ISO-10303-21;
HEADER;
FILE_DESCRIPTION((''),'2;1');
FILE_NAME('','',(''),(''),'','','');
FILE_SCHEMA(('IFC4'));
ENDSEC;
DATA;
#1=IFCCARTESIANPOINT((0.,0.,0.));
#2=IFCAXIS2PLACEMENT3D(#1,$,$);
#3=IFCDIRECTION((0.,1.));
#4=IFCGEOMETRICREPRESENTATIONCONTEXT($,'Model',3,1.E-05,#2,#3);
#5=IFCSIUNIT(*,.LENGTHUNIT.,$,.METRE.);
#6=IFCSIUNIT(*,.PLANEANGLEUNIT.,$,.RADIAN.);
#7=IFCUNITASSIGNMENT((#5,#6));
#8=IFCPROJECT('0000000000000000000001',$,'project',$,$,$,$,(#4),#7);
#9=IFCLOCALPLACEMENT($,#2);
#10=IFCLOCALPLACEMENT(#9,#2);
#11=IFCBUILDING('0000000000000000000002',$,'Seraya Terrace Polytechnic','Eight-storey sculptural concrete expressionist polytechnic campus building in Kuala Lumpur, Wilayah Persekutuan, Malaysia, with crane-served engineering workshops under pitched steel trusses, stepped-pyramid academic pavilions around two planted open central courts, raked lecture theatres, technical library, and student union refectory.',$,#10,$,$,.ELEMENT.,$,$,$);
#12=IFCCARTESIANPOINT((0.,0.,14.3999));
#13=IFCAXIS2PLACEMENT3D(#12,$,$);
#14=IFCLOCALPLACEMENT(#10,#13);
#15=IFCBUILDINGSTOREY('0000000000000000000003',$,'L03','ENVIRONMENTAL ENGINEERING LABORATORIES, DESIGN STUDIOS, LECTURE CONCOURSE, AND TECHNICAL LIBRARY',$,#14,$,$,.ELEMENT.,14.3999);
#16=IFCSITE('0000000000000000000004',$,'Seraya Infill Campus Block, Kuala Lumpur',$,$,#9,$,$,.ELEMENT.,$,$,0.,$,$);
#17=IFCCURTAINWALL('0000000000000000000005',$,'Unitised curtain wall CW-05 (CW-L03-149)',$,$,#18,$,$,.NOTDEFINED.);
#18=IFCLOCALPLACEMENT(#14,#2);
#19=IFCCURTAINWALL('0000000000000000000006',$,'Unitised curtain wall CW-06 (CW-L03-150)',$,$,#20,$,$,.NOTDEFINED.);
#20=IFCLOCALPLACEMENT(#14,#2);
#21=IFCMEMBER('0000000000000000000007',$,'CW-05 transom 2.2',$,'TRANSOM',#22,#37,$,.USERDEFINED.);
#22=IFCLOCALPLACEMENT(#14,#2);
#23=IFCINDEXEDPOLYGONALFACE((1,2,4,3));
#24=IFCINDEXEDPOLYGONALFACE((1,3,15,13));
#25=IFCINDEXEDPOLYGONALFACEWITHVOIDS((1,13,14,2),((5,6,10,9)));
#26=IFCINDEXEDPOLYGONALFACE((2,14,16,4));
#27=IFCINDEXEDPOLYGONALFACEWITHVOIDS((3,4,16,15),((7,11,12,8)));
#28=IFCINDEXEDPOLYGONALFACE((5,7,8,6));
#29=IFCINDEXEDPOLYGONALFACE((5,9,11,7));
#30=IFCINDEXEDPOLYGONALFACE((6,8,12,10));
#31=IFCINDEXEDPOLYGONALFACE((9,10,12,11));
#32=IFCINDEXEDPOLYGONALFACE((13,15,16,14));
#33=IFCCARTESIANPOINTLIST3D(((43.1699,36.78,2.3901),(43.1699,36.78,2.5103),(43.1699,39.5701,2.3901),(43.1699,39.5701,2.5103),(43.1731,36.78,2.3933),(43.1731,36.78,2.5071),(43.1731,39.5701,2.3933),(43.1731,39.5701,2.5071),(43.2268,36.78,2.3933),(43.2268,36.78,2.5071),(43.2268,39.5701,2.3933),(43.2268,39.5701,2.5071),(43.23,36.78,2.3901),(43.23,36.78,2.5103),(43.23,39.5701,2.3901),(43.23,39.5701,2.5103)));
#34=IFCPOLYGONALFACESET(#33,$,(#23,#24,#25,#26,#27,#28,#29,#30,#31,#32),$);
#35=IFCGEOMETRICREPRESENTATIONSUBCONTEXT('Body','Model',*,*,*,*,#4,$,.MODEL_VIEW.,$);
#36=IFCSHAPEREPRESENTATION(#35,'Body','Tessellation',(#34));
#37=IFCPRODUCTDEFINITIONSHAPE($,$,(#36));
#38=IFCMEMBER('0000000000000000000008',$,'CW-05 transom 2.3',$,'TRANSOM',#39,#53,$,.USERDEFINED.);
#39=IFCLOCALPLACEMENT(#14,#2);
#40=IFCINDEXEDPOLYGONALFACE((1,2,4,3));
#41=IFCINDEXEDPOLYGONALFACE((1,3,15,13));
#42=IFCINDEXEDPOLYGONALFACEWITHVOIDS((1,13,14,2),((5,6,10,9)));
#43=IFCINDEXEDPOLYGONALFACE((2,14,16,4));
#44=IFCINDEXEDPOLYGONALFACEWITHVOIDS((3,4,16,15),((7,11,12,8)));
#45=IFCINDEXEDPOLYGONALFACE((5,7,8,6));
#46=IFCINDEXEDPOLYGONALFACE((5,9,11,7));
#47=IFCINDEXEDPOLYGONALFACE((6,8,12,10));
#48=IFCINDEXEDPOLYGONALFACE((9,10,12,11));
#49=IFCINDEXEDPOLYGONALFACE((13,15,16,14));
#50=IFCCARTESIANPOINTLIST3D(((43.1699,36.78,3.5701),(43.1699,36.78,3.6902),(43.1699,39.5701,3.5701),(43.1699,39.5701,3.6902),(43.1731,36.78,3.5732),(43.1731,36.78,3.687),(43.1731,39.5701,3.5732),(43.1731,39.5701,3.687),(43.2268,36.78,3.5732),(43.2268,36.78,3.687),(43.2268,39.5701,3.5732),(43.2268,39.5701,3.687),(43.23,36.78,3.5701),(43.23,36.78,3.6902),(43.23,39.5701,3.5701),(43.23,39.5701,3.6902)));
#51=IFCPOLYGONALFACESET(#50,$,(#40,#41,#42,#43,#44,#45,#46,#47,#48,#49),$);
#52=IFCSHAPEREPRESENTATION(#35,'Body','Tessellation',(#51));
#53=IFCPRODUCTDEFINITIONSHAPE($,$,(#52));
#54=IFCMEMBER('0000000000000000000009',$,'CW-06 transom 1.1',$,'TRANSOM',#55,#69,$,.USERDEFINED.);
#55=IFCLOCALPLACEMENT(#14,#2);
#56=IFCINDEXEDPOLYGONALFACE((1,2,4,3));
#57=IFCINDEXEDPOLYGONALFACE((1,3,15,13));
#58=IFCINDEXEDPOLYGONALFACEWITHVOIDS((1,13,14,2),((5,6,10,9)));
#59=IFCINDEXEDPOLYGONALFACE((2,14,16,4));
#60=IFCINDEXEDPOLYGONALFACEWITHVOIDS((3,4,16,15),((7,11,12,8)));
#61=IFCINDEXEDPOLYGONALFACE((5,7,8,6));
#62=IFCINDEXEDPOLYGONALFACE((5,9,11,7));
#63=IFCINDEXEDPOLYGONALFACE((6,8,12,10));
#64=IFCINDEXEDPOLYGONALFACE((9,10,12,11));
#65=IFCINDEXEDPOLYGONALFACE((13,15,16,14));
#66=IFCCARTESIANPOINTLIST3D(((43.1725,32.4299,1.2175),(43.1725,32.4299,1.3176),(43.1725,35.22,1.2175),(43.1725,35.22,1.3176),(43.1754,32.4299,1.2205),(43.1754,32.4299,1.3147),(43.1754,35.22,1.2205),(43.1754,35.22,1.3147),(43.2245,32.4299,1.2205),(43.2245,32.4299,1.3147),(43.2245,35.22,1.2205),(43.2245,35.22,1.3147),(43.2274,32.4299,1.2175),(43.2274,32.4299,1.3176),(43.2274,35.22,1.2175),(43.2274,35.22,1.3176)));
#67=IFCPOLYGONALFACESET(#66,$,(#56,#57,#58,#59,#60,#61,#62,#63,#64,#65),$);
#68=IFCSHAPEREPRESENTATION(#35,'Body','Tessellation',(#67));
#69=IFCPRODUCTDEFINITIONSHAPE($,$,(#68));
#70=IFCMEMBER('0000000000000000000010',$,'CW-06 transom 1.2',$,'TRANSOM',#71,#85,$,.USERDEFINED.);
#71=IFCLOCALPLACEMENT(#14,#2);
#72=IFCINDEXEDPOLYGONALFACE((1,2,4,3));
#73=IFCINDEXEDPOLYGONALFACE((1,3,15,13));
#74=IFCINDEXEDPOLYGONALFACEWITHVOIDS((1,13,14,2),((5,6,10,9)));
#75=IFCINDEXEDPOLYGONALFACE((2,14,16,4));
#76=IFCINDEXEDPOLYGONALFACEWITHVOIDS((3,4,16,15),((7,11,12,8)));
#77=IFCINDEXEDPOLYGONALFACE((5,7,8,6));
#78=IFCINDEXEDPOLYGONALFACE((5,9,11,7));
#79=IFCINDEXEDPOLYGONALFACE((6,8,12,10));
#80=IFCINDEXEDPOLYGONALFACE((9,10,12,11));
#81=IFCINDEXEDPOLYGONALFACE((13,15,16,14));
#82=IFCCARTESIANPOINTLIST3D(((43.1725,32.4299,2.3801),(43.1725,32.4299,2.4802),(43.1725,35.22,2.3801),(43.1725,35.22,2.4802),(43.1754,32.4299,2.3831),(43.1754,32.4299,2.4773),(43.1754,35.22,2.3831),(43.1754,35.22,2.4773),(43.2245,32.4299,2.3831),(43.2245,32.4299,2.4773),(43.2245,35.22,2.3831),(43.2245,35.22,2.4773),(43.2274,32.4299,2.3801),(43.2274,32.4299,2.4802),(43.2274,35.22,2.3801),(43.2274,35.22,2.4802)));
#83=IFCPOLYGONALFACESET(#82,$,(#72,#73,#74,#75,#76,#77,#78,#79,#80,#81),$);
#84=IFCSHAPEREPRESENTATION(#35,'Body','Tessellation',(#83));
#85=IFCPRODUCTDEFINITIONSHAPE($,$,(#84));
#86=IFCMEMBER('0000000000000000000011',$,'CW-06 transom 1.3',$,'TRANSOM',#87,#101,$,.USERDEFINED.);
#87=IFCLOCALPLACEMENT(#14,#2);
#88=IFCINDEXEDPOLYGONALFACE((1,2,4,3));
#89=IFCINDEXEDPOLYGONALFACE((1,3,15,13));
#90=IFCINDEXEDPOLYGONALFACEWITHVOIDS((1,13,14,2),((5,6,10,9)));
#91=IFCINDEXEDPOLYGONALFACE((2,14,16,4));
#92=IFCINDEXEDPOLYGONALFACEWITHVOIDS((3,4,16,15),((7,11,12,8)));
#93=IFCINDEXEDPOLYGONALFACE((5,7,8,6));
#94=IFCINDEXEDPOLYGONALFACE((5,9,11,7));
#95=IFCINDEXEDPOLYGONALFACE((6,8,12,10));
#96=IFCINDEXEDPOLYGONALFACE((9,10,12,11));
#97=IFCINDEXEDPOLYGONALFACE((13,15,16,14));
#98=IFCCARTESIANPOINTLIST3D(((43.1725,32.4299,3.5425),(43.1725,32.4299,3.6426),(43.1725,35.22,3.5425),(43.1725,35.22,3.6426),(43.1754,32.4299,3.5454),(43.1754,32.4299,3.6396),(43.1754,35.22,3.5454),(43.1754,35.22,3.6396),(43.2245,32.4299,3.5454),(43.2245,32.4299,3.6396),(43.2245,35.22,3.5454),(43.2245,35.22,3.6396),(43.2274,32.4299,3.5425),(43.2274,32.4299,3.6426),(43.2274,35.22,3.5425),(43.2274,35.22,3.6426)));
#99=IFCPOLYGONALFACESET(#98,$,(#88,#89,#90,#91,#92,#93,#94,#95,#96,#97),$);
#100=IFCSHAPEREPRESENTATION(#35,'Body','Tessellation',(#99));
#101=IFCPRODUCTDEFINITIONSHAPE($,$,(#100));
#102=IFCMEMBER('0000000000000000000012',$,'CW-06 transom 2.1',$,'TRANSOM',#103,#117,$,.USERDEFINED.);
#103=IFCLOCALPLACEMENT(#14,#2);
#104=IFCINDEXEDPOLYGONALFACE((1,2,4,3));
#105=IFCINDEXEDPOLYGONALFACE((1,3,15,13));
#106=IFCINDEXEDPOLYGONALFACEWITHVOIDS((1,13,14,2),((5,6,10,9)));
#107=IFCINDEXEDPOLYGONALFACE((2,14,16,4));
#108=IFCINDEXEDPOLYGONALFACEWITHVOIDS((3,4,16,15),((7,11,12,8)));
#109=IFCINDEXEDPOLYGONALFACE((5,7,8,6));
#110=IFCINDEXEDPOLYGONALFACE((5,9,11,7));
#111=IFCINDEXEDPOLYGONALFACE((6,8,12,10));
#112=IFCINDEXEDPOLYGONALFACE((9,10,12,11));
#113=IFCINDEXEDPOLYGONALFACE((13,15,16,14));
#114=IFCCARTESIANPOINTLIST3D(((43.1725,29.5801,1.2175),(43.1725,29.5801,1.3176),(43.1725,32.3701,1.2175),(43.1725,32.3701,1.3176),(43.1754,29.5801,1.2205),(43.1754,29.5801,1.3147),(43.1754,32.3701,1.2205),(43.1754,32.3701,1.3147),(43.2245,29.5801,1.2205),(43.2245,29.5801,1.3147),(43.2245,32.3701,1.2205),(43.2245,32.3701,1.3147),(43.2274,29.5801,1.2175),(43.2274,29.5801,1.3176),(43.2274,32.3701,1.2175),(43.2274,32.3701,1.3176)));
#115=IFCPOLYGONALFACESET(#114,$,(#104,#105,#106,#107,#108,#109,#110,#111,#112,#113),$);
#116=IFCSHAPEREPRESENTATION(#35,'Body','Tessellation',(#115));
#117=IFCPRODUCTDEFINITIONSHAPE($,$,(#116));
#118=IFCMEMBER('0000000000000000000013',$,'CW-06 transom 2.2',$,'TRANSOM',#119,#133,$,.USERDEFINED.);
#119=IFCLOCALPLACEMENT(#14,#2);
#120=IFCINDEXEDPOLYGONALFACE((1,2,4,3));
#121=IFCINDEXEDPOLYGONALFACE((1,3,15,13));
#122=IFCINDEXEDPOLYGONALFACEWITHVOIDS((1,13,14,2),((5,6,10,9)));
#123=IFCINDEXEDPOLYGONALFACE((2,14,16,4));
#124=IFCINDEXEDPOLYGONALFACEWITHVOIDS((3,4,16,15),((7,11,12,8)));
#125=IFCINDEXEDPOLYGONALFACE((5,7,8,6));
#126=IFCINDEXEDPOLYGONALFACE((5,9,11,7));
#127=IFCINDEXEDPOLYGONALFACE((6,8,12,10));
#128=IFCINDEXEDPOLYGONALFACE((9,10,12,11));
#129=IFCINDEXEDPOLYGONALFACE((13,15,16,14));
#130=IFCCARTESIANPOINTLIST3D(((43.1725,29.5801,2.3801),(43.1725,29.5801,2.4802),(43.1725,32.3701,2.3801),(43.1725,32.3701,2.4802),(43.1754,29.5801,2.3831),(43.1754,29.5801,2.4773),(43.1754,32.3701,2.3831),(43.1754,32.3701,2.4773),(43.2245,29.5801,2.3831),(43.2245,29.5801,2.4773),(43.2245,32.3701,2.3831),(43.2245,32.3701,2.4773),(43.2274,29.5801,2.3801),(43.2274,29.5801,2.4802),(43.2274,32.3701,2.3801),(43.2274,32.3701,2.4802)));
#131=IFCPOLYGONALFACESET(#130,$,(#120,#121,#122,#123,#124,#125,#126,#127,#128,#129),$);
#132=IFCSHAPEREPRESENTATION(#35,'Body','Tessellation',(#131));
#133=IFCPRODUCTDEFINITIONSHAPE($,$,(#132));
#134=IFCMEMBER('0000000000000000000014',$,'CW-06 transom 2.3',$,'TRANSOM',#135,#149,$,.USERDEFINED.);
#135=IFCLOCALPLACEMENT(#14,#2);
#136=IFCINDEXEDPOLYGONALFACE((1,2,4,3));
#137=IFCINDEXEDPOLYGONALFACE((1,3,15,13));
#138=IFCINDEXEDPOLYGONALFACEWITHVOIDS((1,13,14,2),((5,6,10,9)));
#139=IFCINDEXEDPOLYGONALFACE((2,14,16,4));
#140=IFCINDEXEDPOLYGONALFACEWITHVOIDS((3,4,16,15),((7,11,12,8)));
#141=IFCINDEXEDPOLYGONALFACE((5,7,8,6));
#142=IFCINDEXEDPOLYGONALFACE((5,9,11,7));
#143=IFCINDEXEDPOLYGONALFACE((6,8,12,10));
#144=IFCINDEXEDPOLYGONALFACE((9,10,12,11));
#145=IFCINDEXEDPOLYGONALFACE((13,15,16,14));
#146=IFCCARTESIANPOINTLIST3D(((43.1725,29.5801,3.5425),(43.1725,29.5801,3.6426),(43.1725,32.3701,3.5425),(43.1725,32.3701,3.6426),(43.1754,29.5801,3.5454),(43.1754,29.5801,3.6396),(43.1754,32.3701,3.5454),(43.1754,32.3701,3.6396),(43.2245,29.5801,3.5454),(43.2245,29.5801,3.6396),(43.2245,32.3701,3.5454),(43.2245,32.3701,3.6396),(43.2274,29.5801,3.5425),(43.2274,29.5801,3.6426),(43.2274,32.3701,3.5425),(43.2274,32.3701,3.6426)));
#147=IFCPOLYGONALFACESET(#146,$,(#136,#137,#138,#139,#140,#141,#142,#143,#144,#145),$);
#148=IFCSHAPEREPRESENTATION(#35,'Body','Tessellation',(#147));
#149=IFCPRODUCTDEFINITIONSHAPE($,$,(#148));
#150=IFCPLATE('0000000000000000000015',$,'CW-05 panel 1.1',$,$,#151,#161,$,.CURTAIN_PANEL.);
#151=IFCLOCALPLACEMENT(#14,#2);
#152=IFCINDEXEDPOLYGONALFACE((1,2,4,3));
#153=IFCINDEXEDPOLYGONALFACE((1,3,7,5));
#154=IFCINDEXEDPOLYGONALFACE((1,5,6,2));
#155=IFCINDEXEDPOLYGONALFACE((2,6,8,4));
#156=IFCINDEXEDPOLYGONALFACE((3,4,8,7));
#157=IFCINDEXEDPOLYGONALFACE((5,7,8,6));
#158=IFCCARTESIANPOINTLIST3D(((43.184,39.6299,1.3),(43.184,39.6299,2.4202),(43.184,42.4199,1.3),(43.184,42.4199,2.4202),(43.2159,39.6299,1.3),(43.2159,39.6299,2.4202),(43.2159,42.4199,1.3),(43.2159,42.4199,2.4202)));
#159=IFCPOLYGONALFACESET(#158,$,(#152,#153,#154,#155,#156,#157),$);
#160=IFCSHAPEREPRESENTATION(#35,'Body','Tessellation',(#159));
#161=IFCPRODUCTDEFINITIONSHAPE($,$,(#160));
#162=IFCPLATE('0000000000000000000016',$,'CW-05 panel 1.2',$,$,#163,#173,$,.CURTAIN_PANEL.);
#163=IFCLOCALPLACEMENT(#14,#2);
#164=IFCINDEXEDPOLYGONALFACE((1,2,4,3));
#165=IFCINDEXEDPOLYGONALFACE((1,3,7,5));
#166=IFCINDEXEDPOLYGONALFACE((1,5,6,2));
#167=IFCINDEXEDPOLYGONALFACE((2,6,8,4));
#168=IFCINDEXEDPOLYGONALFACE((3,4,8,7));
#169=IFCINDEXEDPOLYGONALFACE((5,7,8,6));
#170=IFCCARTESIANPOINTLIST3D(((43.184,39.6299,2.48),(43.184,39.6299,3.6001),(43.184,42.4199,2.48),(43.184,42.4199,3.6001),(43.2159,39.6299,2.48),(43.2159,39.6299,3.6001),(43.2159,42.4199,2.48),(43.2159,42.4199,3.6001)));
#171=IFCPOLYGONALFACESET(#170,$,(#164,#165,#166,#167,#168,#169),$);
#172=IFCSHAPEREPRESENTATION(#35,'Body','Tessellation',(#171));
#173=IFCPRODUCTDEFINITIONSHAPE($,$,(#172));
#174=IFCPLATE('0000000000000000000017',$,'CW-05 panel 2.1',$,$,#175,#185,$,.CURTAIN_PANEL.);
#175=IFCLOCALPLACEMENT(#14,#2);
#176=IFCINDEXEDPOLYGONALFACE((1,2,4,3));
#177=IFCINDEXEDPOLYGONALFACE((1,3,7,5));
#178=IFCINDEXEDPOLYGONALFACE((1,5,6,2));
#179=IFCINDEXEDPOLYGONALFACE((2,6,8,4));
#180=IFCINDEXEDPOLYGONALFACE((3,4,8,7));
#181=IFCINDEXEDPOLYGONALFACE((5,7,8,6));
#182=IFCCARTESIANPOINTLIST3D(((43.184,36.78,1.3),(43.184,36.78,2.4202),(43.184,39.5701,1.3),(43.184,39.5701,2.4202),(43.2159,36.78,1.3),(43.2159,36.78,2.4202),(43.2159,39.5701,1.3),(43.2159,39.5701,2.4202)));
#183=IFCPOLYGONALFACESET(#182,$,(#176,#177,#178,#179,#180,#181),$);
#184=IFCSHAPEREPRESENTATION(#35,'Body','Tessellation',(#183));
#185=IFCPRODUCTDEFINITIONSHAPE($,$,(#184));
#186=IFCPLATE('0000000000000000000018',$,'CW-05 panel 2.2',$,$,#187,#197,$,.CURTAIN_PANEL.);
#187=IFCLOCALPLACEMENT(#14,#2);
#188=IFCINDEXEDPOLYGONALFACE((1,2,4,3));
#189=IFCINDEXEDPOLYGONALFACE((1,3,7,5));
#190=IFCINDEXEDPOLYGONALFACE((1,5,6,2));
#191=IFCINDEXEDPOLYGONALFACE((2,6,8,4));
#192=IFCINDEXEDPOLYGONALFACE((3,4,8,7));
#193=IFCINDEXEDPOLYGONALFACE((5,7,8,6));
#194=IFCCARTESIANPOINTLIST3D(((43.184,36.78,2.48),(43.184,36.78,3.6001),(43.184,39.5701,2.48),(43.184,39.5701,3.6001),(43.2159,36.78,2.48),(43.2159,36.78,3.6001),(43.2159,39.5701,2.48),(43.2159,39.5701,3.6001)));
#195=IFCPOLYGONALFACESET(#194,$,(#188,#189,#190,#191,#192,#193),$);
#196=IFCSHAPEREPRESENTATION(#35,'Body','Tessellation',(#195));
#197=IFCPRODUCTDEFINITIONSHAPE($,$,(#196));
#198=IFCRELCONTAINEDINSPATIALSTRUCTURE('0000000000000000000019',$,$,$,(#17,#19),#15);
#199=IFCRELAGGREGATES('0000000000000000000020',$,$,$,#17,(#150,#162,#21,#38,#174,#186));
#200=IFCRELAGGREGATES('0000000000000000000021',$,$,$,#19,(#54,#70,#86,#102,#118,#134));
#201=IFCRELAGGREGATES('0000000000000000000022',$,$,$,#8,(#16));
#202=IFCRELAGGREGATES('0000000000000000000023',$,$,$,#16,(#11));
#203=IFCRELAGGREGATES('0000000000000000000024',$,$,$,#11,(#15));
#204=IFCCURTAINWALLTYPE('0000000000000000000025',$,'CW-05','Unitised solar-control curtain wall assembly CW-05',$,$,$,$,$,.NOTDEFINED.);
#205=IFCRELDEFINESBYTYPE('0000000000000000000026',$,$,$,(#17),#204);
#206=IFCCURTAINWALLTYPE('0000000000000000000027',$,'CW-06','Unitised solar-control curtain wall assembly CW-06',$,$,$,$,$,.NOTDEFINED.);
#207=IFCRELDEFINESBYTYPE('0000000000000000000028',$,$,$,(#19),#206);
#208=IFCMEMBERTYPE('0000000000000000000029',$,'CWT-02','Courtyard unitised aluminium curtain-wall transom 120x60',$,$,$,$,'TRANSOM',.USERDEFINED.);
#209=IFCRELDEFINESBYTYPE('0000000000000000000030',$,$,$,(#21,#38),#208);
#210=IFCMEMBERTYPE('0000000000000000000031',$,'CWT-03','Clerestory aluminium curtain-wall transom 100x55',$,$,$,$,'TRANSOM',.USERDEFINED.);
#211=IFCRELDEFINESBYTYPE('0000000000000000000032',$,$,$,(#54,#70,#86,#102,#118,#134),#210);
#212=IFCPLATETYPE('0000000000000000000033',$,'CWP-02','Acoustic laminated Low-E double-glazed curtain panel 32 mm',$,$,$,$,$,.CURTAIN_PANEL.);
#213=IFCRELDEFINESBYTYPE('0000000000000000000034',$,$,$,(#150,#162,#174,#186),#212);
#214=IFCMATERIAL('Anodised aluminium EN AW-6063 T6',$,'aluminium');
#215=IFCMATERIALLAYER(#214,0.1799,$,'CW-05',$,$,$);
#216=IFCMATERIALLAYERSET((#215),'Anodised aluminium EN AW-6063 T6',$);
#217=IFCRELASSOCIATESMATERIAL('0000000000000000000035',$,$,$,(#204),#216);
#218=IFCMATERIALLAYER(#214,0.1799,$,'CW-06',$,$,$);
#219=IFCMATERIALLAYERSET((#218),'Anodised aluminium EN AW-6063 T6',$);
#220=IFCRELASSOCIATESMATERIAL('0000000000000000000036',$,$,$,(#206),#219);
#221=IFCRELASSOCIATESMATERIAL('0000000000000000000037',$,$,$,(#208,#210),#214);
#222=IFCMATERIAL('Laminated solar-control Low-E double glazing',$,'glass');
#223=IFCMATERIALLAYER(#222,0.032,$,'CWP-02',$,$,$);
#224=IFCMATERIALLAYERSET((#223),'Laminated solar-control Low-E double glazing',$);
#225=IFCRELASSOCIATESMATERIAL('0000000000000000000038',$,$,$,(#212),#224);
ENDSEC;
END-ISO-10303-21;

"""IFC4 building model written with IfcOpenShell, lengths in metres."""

from ifc_helpers import new_model, si_unit, direction, frame, origin, origin_2d, place, context, subcontext, project, spatial, rectangle, hollow_rectangle, extrude, material, layer, layer_set, material_profile, profile_set, type_object, element, aggregate, save


model = new_model("IFC4")

# Units and contexts
model_context = context("Model", 3, precision=1e-05, world=origin(), true_north=direction((0.0, 1.0)))
body_context = subcontext(model_context, "Body", "Model", "MODEL_VIEW")
ifc_project = project(units=[si_unit("LENGTHUNIT", "METRE"), si_unit("PLANEANGLEUNIT", "RADIAN")], contexts=[model_context])

# Site, building, storey
site_placement = place(None, origin())
site = spatial("IfcSite", under=ifc_project, at=site_placement, Name="Seraya Infill Campus Block, Kuala Lumpur", CompositionType="ELEMENT", RefElevation=0.0)
building_placement = place(site_placement, origin())
building = spatial("IfcBuilding", under=site, at=building_placement, Name="Seraya Terrace Polytechnic", Description="Eight-storey sculptural concrete expressionist polytechnic campus building in Kuala Lumpur, Wilayah Persekutuan, Malaysia, with crane-served engineering workshops under pitched steel trusses, stepped-pyramid academic pavilions around two planted open central courts, raked lecture theatres, technical library, and student union refectory.", CompositionType="ELEMENT")
storey_placement = place(building_placement, frame((0.0, 0.0, 14.3999)))
storey = spatial("IfcBuildingStorey", under=building, at=storey_placement, Name="L03", Description="ENVIRONMENTAL ENGINEERING LABORATORIES, DESIGN STUDIOS, LECTURE CONCOURSE, AND TECHNICAL LIBRARY", CompositionType="ELEMENT", Elevation=14.3999)

# Curtain walls
ifc_material_1 = material(Name="Anodised aluminium EN AW-6063 T6", Category="aluminium")
ifc_layer_1 = layer(ifc_material_1, 0.1799, Name="CW-05")
ifc_layer_set_1 = layer_set([ifc_layer_1], Name="Anodised aluminium EN AW-6063 T6")
curtain_wall_type_1 = type_object("IfcCurtainWallType", Name="CW-05", Description="Unitised solar-control curtain wall assembly CW-05", PredefinedType="NOTDEFINED", material=ifc_layer_set_1)
curtain_wall_1_placement = place(storey_placement, origin())
curtain_wall_1 = element("IfcCurtainWall", 1, at=curtain_wall_1_placement, inside=storey, type_object=curtain_wall_type_1, Name="Unitised curtain wall CW-05 (CW-L03-149)", PredefinedType="NOTDEFINED")
ifc_layer_2 = layer(ifc_material_1, 0.1799, Name="CW-06")
ifc_layer_set_2 = layer_set([ifc_layer_2], Name="Anodised aluminium EN AW-6063 T6")
curtain_wall_type_2 = type_object("IfcCurtainWallType", Name="CW-06", Description="Unitised solar-control curtain wall assembly CW-06", PredefinedType="NOTDEFINED", material=ifc_layer_set_2)
curtain_wall_2_placement = place(storey_placement, origin())
curtain_wall_2 = element("IfcCurtainWall", 2, at=curtain_wall_2_placement, inside=storey, type_object=curtain_wall_type_2, Name="Unitised curtain wall CW-06 (CW-L03-150)", PredefinedType="NOTDEFINED")

# Members
ifc_material_profile_1 = material_profile(ifc_material_1, hollow_rectangle(XDim=0.0601, YDim=0.1201, WallThickness=0.0032, at=origin_2d()), Name="RHS 120x60x3.2")
ifc_profile_set_1 = profile_set([ifc_material_profile_1], Name="Anodised aluminium EN AW-6063 T6")
member_type_1 = type_object("IfcMemberType", Name="CWT-02", Description="Courtyard unitised aluminium curtain-wall transom 120x60", ElementType="TRANSOM", PredefinedType="USERDEFINED", material=ifc_profile_set_1)
member_1_placement = place(storey_placement, frame((43.2, 39.5701, 2.4502), z_axis=(0.0, -1.0, 0.0), x_axis=(1.0, 0.0, 0.0)))
member_1 = element("IfcMember", 3, at=member_1_placement, type_object=member_type_1, Name="CW-05 transom 2.2", ObjectType="TRANSOM", PredefinedType="USERDEFINED", context=body_context, shape_type="SweptSolid", body=[
    extrude(hollow_rectangle(XDim=0.0601, YDim=0.1201, WallThickness=0.0032, at=origin_2d()), origin(), (0.0, 0.0, 1.0), 2.79),
])
member_2_placement = place(storey_placement, frame((43.2, 39.5701, 3.6301), z_axis=(0.0, -1.0, 0.0), x_axis=(1.0, 0.0, 0.0)))
member_2 = element("IfcMember", 4, at=member_2_placement, type_object=member_type_1, Name="CW-05 transom 2.3", ObjectType="TRANSOM", PredefinedType="USERDEFINED", context=body_context, shape_type="SweptSolid", body=[
    extrude(hollow_rectangle(XDim=0.0601, YDim=0.1201, WallThickness=0.0032, at=origin_2d()), origin(), (0.0, 0.0, 1.0), 2.79),
])
ifc_material_profile_2 = material_profile(ifc_material_1, hollow_rectangle(XDim=0.0549, YDim=0.1001, WallThickness=0.0029, at=origin_2d()), Name="RHS 100x55x3.0")
ifc_profile_set_2 = profile_set([ifc_material_profile_2], Name="Anodised aluminium EN AW-6063 T6")
member_type_2 = type_object("IfcMemberType", Name="CWT-03", Description="Clerestory aluminium curtain-wall transom 100x55", ElementType="TRANSOM", PredefinedType="USERDEFINED", material=ifc_profile_set_2)
member_3_placement = place(storey_placement, frame((43.2, 35.22, 1.2676), z_axis=(0.0, -1.0, 0.0), x_axis=(1.0, 0.0, 0.0)))
member_3 = element("IfcMember", 5, at=member_3_placement, type_object=member_type_2, Name="CW-06 transom 1.1", ObjectType="TRANSOM", PredefinedType="USERDEFINED", context=body_context, shape_type="SweptSolid", body=[
    extrude(hollow_rectangle(XDim=0.0549, YDim=0.1001, WallThickness=0.0029, at=origin_2d()), origin(), (0.0, 0.0, 1.0), 2.79),
])
member_4_placement = place(storey_placement, frame((43.2, 35.22, 2.4302), z_axis=(0.0, -1.0, 0.0), x_axis=(1.0, 0.0, 0.0)))
member_4 = element("IfcMember", 6, at=member_4_placement, type_object=member_type_2, Name="CW-06 transom 1.2", ObjectType="TRANSOM", PredefinedType="USERDEFINED", context=body_context, shape_type="SweptSolid", body=[
    extrude(hollow_rectangle(XDim=0.0549, YDim=0.1001, WallThickness=0.0029, at=origin_2d()), origin(), (0.0, 0.0, 1.0), 2.79),
])
member_5_placement = place(storey_placement, frame((43.2, 35.22, 3.5925), z_axis=(0.0, -1.0, 0.0), x_axis=(1.0, 0.0, 0.0)))
member_5 = element("IfcMember", 7, at=member_5_placement, type_object=member_type_2, Name="CW-06 transom 1.3", ObjectType="TRANSOM", PredefinedType="USERDEFINED", context=body_context, shape_type="SweptSolid", body=[
    extrude(hollow_rectangle(XDim=0.0549, YDim=0.1001, WallThickness=0.0029, at=origin_2d()), origin(), (0.0, 0.0, 1.0), 2.79),
])
member_6_placement = place(storey_placement, frame((43.2, 32.3701, 1.2676), z_axis=(0.0, -1.0, 0.0), x_axis=(1.0, 0.0, 0.0)))
member_6 = element("IfcMember", 8, at=member_6_placement, type_object=member_type_2, Name="CW-06 transom 2.1", ObjectType="TRANSOM", PredefinedType="USERDEFINED", context=body_context, shape_type="SweptSolid", body=[
    extrude(hollow_rectangle(XDim=0.0549, YDim=0.1001, WallThickness=0.0029, at=origin_2d()), origin(), (0.0, 0.0, 1.0), 2.79),
])
member_7_placement = place(storey_placement, frame((43.2, 32.3701, 2.4302), z_axis=(0.0, -1.0, 0.0), x_axis=(1.0, 0.0, 0.0)))
member_7 = element("IfcMember", 9, at=member_7_placement, type_object=member_type_2, Name="CW-06 transom 2.2", ObjectType="TRANSOM", PredefinedType="USERDEFINED", context=body_context, shape_type="SweptSolid", body=[
    extrude(hollow_rectangle(XDim=0.0549, YDim=0.1001, WallThickness=0.0029, at=origin_2d()), origin(), (0.0, 0.0, 1.0), 2.79),
])
member_8_placement = place(storey_placement, frame((43.2, 32.3701, 3.5925), z_axis=(0.0, -1.0, 0.0), x_axis=(1.0, 0.0, 0.0)))
member_8 = element("IfcMember", 10, at=member_8_placement, type_object=member_type_2, Name="CW-06 transom 2.3", ObjectType="TRANSOM", PredefinedType="USERDEFINED", context=body_context, shape_type="SweptSolid", body=[
    extrude(hollow_rectangle(XDim=0.0549, YDim=0.1001, WallThickness=0.0029, at=origin_2d()), origin(), (0.0, 0.0, 1.0), 2.79),
])

# Plates
ifc_material_2 = material(Name="Laminated solar-control Low-E double glazing", Category="glass")
ifc_layer_3 = layer(ifc_material_2, 0.032, Name="CWP-02")
ifc_layer_set_3 = layer_set([ifc_layer_3], Name="Laminated solar-control Low-E double glazing")
plate_type_1 = type_object("IfcPlateType", Name="CWP-02", Description="Acoustic laminated Low-E double-glazed curtain panel 32 mm", PredefinedType="CURTAIN_PANEL", material=ifc_layer_set_3)
plate_1_placement = place(storey_placement, frame((43.2, 41.0249, 1.3), z_axis=(0.0, 0.0, 1.0), x_axis=(0.0, -1.0, 0.0)))
plate_1 = element("IfcPlate", 11, at=plate_1_placement, type_object=plate_type_1, Name="CW-05 panel 1.1", PredefinedType="CURTAIN_PANEL", context=body_context, shape_type="SweptSolid", body=[
    extrude(rectangle(XDim=2.79, YDim=0.032, at=origin_2d()), origin(), (0.0, 0.0, 1.0), 1.1201),
])
plate_2_placement = place(storey_placement, frame((43.2, 41.0249, 2.48), z_axis=(0.0, 0.0, 1.0), x_axis=(0.0, -1.0, 0.0)))
plate_2 = element("IfcPlate", 12, at=plate_2_placement, type_object=plate_type_1, Name="CW-05 panel 1.2", PredefinedType="CURTAIN_PANEL", context=body_context, shape_type="SweptSolid", body=[
    extrude(rectangle(XDim=2.79, YDim=0.032, at=origin_2d()), origin(), (0.0, 0.0, 1.0), 1.1201),
])
plate_3_placement = place(storey_placement, frame((43.2, 38.175, 1.3), z_axis=(0.0, 0.0, 1.0), x_axis=(0.0, -1.0, 0.0)))
plate_3 = element("IfcPlate", 13, at=plate_3_placement, type_object=plate_type_1, Name="CW-05 panel 2.1", PredefinedType="CURTAIN_PANEL", context=body_context, shape_type="SweptSolid", body=[
    extrude(rectangle(XDim=2.79, YDim=0.032, at=origin_2d()), origin(), (0.0, 0.0, 1.0), 1.1201),
])
plate_4_placement = place(storey_placement, frame((43.2, 38.175, 2.48), z_axis=(0.0, 0.0, 1.0), x_axis=(0.0, -1.0, 0.0)))
plate_4 = element("IfcPlate", 14, at=plate_4_placement, type_object=plate_type_1, Name="CW-05 panel 2.2", PredefinedType="CURTAIN_PANEL", context=body_context, shape_type="SweptSolid", body=[
    extrude(rectangle(XDim=2.79, YDim=0.032, at=origin_2d()), origin(), (0.0, 0.0, 1.0), 1.1201),
])
aggregate(curtain_wall_1, [plate_1, plate_2, member_1, member_2, plate_3, plate_4])
aggregate(curtain_wall_2, [member_3, member_4, member_5, member_6, member_7, member_8])

save(model, "model.ifc")
